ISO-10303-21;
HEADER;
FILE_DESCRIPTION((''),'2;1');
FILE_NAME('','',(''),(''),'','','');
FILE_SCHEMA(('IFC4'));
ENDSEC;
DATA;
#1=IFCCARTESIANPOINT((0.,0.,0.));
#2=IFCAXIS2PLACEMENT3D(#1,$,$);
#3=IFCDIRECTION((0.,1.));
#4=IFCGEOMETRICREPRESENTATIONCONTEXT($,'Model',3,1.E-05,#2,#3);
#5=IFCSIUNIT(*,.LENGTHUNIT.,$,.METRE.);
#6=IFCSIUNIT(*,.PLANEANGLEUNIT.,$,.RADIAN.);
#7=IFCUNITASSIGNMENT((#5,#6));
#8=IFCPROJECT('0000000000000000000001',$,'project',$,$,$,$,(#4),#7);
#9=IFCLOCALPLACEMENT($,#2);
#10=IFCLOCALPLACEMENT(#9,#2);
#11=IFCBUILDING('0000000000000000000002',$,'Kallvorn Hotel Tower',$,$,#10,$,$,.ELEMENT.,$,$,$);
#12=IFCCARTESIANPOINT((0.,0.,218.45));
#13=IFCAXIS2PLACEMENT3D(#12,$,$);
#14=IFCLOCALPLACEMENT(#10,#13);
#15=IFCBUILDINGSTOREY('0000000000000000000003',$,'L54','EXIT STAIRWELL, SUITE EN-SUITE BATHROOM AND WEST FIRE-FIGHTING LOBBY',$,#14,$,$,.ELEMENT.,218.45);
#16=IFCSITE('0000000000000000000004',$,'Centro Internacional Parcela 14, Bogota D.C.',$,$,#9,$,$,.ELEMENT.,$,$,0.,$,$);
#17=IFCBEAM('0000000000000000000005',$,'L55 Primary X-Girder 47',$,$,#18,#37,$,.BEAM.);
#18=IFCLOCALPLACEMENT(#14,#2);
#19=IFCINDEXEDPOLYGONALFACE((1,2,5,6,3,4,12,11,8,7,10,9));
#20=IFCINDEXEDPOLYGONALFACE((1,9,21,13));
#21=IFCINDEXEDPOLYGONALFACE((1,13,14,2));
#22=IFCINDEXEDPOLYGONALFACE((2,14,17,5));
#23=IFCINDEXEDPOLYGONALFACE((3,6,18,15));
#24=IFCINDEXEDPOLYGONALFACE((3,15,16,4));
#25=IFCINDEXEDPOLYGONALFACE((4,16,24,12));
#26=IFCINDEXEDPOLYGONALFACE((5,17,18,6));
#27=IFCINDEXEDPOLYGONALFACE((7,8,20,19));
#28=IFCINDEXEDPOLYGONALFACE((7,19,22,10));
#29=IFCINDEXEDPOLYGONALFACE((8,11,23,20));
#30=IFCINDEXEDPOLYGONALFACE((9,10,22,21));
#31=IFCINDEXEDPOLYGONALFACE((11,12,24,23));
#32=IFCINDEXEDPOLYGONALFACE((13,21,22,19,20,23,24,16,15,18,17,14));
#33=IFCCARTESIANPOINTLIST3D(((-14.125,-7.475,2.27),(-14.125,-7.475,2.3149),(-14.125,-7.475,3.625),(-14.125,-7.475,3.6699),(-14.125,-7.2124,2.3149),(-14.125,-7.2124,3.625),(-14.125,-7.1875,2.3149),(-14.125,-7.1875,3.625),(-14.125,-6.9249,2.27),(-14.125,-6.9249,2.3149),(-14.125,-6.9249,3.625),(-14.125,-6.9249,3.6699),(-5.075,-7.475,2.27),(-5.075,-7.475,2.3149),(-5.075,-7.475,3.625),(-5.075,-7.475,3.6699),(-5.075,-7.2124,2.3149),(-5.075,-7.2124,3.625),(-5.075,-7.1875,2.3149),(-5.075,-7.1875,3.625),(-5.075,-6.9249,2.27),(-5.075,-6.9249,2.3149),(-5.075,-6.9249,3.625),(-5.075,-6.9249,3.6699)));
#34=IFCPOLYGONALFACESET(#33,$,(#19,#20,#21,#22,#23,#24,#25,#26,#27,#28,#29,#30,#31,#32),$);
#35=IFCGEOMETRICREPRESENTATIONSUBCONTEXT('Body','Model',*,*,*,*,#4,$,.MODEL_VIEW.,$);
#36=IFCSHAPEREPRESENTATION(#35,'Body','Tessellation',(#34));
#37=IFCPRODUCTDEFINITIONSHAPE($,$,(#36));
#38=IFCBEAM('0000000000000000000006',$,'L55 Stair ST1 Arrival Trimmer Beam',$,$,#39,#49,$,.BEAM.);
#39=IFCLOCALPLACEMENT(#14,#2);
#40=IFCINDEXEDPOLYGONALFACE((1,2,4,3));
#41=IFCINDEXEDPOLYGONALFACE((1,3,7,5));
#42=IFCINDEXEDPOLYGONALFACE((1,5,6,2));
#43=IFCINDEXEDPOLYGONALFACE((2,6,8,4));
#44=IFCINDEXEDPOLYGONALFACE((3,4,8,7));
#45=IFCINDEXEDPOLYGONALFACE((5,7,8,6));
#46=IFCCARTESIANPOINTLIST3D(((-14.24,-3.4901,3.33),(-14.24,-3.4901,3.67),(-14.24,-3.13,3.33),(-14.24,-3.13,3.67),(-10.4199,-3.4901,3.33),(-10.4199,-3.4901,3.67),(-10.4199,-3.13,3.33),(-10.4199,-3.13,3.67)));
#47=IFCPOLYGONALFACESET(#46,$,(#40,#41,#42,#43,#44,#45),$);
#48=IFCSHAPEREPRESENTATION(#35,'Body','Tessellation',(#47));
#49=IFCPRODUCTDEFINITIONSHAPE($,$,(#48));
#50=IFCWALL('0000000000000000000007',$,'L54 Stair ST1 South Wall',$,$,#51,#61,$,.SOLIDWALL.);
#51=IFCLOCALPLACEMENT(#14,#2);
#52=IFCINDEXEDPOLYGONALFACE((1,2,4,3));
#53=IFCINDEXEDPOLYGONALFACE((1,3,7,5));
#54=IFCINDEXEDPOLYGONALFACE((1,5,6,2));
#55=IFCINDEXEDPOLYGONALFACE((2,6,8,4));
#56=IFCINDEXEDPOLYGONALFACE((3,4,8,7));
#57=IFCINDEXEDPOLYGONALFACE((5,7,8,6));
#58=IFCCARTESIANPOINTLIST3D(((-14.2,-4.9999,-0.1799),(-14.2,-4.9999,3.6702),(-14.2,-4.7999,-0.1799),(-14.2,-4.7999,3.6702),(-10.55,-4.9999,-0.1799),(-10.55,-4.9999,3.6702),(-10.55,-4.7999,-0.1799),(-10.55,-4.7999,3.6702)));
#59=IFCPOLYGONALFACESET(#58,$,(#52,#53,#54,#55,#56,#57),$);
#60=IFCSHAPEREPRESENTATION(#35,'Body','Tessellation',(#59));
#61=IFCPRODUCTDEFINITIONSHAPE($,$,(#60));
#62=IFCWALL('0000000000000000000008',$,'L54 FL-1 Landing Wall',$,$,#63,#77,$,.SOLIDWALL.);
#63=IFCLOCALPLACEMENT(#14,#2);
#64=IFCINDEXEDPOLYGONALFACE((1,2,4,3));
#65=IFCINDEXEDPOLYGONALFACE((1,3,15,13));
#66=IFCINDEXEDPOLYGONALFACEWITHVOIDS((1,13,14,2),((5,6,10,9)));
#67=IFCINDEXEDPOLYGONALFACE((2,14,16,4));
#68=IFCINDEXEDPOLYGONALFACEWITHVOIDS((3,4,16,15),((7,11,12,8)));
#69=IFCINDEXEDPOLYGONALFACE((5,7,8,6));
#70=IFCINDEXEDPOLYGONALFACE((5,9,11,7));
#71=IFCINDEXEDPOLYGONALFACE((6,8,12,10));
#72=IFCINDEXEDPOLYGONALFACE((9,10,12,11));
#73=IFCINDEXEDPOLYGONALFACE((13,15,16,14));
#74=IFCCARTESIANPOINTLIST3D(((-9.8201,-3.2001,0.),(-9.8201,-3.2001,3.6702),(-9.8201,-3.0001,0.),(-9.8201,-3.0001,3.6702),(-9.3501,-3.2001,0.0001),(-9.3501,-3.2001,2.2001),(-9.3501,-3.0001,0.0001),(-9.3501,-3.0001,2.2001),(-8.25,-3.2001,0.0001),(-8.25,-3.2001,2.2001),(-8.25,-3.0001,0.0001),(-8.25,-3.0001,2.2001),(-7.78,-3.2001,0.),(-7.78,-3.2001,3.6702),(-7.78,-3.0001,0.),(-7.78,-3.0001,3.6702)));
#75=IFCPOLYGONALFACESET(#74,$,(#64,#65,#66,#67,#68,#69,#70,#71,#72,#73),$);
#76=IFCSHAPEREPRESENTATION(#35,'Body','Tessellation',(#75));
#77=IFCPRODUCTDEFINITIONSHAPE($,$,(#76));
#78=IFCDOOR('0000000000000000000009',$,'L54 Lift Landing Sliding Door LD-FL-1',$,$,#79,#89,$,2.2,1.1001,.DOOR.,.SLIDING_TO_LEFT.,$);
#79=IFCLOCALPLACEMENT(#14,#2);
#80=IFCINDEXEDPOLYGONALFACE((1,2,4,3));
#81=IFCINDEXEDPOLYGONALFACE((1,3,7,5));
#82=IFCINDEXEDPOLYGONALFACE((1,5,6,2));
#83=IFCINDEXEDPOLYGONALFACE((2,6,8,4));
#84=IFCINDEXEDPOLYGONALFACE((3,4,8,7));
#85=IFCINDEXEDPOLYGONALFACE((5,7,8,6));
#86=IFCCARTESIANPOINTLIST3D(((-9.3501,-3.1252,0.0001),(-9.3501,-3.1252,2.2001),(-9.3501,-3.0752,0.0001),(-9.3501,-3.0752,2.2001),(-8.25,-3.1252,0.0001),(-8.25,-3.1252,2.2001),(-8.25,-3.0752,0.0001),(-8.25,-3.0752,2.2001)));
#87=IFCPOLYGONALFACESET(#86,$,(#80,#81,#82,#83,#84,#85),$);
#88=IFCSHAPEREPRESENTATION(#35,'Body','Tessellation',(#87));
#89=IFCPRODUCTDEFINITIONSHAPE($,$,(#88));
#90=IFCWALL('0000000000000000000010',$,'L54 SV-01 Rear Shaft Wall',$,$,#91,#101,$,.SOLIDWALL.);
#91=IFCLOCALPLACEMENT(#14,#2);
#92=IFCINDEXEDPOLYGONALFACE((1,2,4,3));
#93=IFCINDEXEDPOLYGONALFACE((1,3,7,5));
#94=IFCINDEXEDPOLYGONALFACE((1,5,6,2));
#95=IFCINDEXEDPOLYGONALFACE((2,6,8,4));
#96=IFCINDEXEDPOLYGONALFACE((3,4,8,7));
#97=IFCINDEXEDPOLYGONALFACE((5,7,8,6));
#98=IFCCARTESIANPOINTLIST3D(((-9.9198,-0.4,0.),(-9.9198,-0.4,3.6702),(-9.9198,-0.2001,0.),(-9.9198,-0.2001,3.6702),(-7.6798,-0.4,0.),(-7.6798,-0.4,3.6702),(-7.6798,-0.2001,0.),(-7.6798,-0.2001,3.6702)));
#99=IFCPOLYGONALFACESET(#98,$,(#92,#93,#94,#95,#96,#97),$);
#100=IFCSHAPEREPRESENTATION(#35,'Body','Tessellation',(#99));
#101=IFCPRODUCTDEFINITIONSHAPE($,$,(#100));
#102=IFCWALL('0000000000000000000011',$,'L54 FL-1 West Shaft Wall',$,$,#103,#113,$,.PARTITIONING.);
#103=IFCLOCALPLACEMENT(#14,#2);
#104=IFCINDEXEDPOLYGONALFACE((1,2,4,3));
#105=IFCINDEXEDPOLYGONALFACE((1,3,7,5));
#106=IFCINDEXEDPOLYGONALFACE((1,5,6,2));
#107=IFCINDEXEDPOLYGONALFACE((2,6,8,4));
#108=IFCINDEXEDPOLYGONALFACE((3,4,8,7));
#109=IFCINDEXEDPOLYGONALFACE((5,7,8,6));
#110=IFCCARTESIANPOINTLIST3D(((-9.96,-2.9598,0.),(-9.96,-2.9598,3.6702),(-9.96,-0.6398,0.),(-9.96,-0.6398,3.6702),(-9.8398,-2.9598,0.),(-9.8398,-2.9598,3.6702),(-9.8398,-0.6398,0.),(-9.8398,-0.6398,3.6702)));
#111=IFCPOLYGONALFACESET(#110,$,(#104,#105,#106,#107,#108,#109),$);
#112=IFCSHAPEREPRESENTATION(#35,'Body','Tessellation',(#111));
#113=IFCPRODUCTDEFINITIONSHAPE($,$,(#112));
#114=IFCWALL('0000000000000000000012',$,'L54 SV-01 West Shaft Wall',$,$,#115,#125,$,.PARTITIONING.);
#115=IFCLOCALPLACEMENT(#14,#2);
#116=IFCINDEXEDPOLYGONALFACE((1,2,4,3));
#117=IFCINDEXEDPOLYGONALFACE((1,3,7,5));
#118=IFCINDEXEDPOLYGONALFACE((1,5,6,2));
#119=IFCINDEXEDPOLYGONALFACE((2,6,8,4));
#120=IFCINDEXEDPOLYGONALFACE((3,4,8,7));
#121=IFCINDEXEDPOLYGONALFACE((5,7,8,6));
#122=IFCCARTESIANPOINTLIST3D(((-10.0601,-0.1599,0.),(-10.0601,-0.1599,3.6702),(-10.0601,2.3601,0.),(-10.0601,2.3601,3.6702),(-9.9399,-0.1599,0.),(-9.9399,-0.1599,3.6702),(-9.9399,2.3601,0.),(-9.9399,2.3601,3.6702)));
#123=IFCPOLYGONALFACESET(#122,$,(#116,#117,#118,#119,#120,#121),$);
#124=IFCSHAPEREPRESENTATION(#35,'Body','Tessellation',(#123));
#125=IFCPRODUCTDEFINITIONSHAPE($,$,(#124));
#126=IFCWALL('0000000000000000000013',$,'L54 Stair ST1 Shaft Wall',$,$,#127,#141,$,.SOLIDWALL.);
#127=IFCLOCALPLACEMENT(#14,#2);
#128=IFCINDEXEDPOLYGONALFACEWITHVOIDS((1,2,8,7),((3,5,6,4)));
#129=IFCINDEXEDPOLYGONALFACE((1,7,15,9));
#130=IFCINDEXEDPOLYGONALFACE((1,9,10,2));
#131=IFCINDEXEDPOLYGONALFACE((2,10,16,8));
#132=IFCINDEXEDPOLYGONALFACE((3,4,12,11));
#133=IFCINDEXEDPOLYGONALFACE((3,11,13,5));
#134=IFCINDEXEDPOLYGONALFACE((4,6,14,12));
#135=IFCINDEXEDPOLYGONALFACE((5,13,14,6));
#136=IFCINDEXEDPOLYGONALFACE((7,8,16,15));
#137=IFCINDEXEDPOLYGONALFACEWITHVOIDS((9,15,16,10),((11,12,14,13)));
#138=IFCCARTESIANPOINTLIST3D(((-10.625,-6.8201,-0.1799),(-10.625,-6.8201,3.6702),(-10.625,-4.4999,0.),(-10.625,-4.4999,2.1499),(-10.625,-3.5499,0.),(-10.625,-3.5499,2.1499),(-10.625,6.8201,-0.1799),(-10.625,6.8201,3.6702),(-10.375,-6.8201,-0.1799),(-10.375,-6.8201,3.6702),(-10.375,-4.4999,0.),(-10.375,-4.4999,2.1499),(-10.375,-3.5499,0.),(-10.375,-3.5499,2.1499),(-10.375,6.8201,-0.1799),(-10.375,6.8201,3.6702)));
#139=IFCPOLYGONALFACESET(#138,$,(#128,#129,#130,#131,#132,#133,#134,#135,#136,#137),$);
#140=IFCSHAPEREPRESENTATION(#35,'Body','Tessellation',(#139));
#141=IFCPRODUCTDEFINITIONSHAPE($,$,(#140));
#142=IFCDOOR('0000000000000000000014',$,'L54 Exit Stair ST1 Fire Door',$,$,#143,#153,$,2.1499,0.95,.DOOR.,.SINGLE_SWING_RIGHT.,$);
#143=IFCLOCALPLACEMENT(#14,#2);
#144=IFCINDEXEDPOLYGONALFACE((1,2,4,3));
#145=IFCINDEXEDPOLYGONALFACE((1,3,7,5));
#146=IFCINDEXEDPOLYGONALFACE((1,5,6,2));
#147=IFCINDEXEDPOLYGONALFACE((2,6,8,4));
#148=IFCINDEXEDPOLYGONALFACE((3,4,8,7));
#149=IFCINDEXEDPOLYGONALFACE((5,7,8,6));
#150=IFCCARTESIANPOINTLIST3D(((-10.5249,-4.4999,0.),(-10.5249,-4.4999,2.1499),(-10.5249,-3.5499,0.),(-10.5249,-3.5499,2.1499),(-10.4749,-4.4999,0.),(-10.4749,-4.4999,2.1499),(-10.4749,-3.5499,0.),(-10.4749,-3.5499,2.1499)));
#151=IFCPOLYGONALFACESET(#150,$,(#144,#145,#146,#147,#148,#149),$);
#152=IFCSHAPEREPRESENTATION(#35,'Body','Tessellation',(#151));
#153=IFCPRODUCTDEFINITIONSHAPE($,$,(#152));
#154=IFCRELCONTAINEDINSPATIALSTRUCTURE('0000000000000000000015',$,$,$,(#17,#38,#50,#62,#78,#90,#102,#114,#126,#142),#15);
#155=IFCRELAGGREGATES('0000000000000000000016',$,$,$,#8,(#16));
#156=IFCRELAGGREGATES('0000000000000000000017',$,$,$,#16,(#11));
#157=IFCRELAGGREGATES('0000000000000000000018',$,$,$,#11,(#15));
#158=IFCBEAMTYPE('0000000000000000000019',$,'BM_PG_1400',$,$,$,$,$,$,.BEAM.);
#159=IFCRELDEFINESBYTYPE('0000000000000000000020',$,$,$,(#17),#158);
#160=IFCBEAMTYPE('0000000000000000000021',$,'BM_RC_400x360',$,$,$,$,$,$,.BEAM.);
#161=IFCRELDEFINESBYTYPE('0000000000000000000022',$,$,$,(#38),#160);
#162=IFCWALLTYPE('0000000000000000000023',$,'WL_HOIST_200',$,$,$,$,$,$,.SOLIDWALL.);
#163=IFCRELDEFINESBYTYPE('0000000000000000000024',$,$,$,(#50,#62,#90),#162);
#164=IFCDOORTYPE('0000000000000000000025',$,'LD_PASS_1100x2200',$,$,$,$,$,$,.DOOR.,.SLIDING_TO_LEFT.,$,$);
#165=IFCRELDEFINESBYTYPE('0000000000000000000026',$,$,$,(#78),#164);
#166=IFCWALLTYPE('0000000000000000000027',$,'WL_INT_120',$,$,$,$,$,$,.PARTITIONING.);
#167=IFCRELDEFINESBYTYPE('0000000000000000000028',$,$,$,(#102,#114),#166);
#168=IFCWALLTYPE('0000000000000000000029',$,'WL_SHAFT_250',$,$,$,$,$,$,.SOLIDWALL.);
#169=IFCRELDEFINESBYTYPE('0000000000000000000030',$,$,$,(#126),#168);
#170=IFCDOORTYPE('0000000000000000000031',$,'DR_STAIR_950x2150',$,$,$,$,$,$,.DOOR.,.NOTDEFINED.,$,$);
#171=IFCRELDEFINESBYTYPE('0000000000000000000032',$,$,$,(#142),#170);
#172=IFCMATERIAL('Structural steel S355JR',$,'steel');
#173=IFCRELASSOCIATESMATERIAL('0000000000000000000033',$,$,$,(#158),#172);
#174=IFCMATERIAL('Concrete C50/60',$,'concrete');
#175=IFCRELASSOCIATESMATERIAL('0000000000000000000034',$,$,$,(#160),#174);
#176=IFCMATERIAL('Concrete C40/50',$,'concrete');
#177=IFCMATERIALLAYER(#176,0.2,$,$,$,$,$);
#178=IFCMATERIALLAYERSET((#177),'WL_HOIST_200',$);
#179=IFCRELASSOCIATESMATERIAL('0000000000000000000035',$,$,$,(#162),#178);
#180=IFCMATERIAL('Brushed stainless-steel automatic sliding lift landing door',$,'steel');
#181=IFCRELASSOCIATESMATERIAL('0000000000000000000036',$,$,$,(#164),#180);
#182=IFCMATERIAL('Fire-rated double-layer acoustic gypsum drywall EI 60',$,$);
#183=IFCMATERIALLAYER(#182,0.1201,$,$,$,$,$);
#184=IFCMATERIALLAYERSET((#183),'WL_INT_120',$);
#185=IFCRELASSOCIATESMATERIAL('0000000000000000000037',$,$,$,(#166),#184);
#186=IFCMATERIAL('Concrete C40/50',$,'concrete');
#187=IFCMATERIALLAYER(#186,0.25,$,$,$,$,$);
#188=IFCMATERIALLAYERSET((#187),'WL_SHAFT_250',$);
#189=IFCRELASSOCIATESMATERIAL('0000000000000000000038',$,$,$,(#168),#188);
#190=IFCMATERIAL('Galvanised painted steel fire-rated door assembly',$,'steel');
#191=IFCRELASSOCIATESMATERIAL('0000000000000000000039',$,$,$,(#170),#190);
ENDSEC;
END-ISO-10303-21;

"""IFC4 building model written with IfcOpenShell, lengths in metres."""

from ifc_helpers import new_model, si_unit, direction, frame, frame_2d, origin, origin_2d, place, context, subcontext, project, spatial, rectangle, i_section, extrude, material, layer, layer_set, material_profile, profile_set, type_object, element, fill, save


model = new_model("IFC4")

# Units and contexts
model_context = context("Model", 3, precision=1e-05, world=origin(), true_north=direction((0.0, 1.0)))
body_context = subcontext(model_context, "Body", "Model", "MODEL_VIEW")
ifc_project = project(units=[si_unit("LENGTHUNIT", "METRE"), si_unit("PLANEANGLEUNIT", "RADIAN")], contexts=[model_context])

# Site, building, storey
site_placement = place(None, origin())
site = spatial("IfcSite", under=ifc_project, at=site_placement, Name="Centro Internacional Parcela 14, Bogota D.C.", CompositionType="ELEMENT", RefElevation=0.0)
building_placement = place(site_placement, origin())
building = spatial("IfcBuilding", under=site, at=building_placement, Name="Kallvorn Hotel Tower", CompositionType="ELEMENT")
storey_placement = place(building_placement, frame((0.0, 0.0, 218.45)))
storey = spatial("IfcBuildingStorey", under=building, at=storey_placement, Name="L54", Description="EXIT STAIRWELL, SUITE EN-SUITE BATHROOM AND WEST FIRE-FIGHTING LOBBY", CompositionType="ELEMENT", Elevation=218.45)

# Beams
ifc_material_1 = material(Name="Structural steel S355JR", Category="steel")
ifc_material_profile_1 = material_profile(ifc_material_1, i_section(OverallWidth=0.55, OverallDepth=1.3999, WebThickness=0.0249, FlangeThickness=0.0449, at=origin_2d()), Name="PG 1400x550x25x45")
ifc_profile_set_1 = profile_set([ifc_material_profile_1], Name="Structural steel S355JR")
beam_type_1 = type_object("IfcBeamType", Name="BM_PG_1400", PredefinedType="BEAM", material=ifc_profile_set_1)
beam_1_placement = place(storey_placement, frame((-14.125, -7.2, 2.97), z_axis=(1.0, 0.0, 0.0), x_axis=(0.0, 1.0, 0.0)))
element("IfcBeam", 1, at=beam_1_placement, inside=storey, type_object=beam_type_1, Name="L55 Primary X-Girder 47", PredefinedType="BEAM", context=body_context, shape_type="SweptSolid", body=[
    extrude(i_section(OverallWidth=0.55, OverallDepth=1.3999, WebThickness=0.0249, FlangeThickness=0.0449, at=origin_2d()), origin(), (0.0, 0.0, 1.0), 9.05),
])
ifc_material_2 = material(Name="Concrete C50/60", Category="concrete")
ifc_material_profile_2 = material_profile(ifc_material_2, rectangle(XDim=0.3601, YDim=0.3401, at=origin_2d()), Name="RC 360x340")
ifc_profile_set_2 = profile_set([ifc_material_profile_2], Name="Concrete C50/60")
beam_type_2 = type_object("IfcBeamType", Name="BM_RC_400x360", PredefinedType="BEAM", material=ifc_profile_set_2)
beam_2_placement = place(storey_placement, frame((-10.4199, -3.3101, 3.5), z_axis=(-1.0, 0.0, 0.0), x_axis=(0.0, -1.0, 0.0)))
element("IfcBeam", 2, at=beam_2_placement, inside=storey, type_object=beam_type_2, Name="L55 Stair ST1 Arrival Trimmer Beam", PredefinedType="BEAM", context=body_context, shape_type="SweptSolid", body=[
    extrude(rectangle(XDim=0.3601, YDim=0.3401, at=origin_2d()), origin(), (0.0, 0.0, 1.0), 3.8201),
])

# Wall
ifc_material_3 = material(Name="Concrete C40/50", Category="concrete")
ifc_layer_1 = layer(ifc_material_3, 0.2)
ifc_layer_set_1 = layer_set([ifc_layer_1], Name="WL_HOIST_200")
wall_type_1 = type_object("IfcWallType", Name="WL_HOIST_200", PredefinedType="SOLIDWALL", material=ifc_layer_set_1)
wall_1_placement = place(storey_placement, frame((-14.2, -4.8999, -0.1799), z_axis=(0.0, 0.0, 1.0), x_axis=(1.0, 0.0, 0.0)))
element("IfcWall", 3, at=wall_1_placement, inside=storey, type_object=wall_type_1, Name="L54 Stair ST1 South Wall", PredefinedType="SOLIDWALL", context=body_context, shape_type="SweptSolid", body=[
    extrude(rectangle(XDim=3.6499, YDim=0.2, at=frame_2d((1.825, 0.0))), origin(), (0.0, 0.0, 1.0), 3.8501),
])

# Wall, opening, door
wall_2_placement = place(storey_placement, frame((-9.8201, -3.1001, 0.0), z_axis=(0.0, 0.0, 1.0), x_axis=(1.0, 0.0, 0.0)))
wall_2 = element("IfcWall", 4, at=wall_2_placement, inside=storey, type_object=wall_type_1, Name="L54 FL-1 Landing Wall", PredefinedType="SOLIDWALL", context=body_context, shape_type="SweptSolid", body=[
    extrude(rectangle(XDim=2.04, YDim=0.2, at=frame_2d((1.02, 0.0))), origin(), (0.0, 0.0, 1.0), 3.6702),
])
opening_1_placement = place(wall_2_placement, frame((0.47, 0.0, 0.0)))
opening_1 = element("IfcOpeningElement", 5, at=opening_1_placement, cuts=wall_2, PredefinedType="OPENING", context=body_context, shape_type="SweptSolid", body=[
    extrude(rectangle(XDim=1.1001, YDim=2.2, at=frame_2d((0.55, 1.1001))), frame((0.0, 0.115, 0.0), z_axis=(0.0, -1.0, 0.0), x_axis=(1.0, 0.0, 0.0)), (0.0, 0.0, 1.0), 0.23),
])
ifc_material_4 = material(Name="Brushed stainless-steel automatic sliding lift landing door", Category="steel")
door_type_1 = type_object("IfcDoorType", Name="LD_PASS_1100x2200", OperationType="SLIDING_TO_LEFT", PredefinedType="DOOR", material=ifc_material_4)
door_1_placement = place(opening_1_placement, origin())
door_1 = element("IfcDoor", 6, at=door_1_placement, inside=storey, type_object=door_type_1, Name="L54 Lift Landing Sliding Door LD-FL-1", OperationType="SLIDING_TO_LEFT", OverallHeight=2.2, OverallWidth=1.1001, PredefinedType="DOOR", context=body_context, shape_type="SweptSolid", body=[
    extrude(rectangle(XDim=1.1001, YDim=2.2, at=frame_2d((0.55, 1.1001))), frame((0.0, 0.0249, 0.0), z_axis=(0.0, -1.0, 0.0), x_axis=(1.0, 0.0, 0.0)), (0.0, 0.0, 1.0), 0.05),
])
fill(opening_1, door_1)

# Walls
wall_3_placement = place(storey_placement, frame((-9.9199, -0.3, 0.0), z_axis=(0.0, 0.0, 1.0), x_axis=(1.0, 0.0, 0.0)))
element("IfcWall", 7, at=wall_3_placement, inside=storey, type_object=wall_type_1, Name="L54 SV-01 Rear Shaft Wall", PredefinedType="SOLIDWALL", context=body_context, shape_type="SweptSolid", body=[
    extrude(rectangle(XDim=2.24, YDim=0.2, at=frame_2d((1.1201, 0.0))), origin(), (0.0, 0.0, 1.0), 3.6702),
])
ifc_material_5 = material(Name="Fire-rated double-layer acoustic gypsum drywall EI 60")
ifc_layer_2 = layer(ifc_material_5, 0.1201)
ifc_layer_set_2 = layer_set([ifc_layer_2], Name="WL_INT_120")
wall_type_2 = type_object("IfcWallType", Name="WL_INT_120", PredefinedType="PARTITIONING", material=ifc_layer_set_2)
wall_4_placement = place(storey_placement, frame((-9.8999, -2.96, 0.0), z_axis=(0.0, 0.0, 1.0), x_axis=(0.0, 1.0, 0.0)))
element("IfcWall", 8, at=wall_4_placement, inside=storey, type_object=wall_type_2, Name="L54 FL-1 West Shaft Wall", PredefinedType="PARTITIONING", context=body_context, shape_type="SweptSolid", body=[
    extrude(rectangle(XDim=2.3201, YDim=0.1201, at=frame_2d((1.1602, 0.0))), origin(), (0.0, 0.0, 1.0), 3.6702),
])
wall_5_placement = place(storey_placement, frame((-10.0, -0.1599, 0.0), z_axis=(0.0, 0.0, 1.0), x_axis=(0.0, 1.0, 0.0)))
element("IfcWall", 9, at=wall_5_placement, inside=storey, type_object=wall_type_2, Name="L54 SV-01 West Shaft Wall", PredefinedType="PARTITIONING", context=body_context, shape_type="SweptSolid", body=[
    extrude(rectangle(XDim=2.52, YDim=0.1201, at=frame_2d((1.26, 0.0))), origin(), (0.0, 0.0, 1.0), 3.6702),
])

# Wall, opening, door
ifc_material_6 = material(Name="Concrete C40/50", Category="concrete")
ifc_layer_3 = layer(ifc_material_6, 0.25)
ifc_layer_set_3 = layer_set([ifc_layer_3], Name="WL_SHAFT_250")
wall_type_3 = type_object("IfcWallType", Name="WL_SHAFT_250", PredefinedType="SOLIDWALL", material=ifc_layer_set_3)
wall_6_placement = place(storey_placement, frame((-10.5, -6.8201, -0.1799), z_axis=(0.0, 0.0, 1.0), x_axis=(0.0, 1.0, 0.0)))
wall_6 = element("IfcWall", 10, at=wall_6_placement, inside=storey, type_object=wall_type_3, Name="L54 Stair ST1 Shaft Wall", PredefinedType="SOLIDWALL", context=body_context, shape_type="SweptSolid", body=[
    extrude(rectangle(XDim=13.6401, YDim=0.25, at=frame_2d((6.8201, 0.0))), origin(), (0.0, 0.0, 1.0), 3.8501),
])
opening_2_placement = place(wall_6_placement, frame((2.3201, 0.0, 0.1799)))
opening_2 = element("IfcOpeningElement", 11, at=opening_2_placement, cuts=wall_6, PredefinedType="OPENING", context=body_context, shape_type="SweptSolid", body=[
    extrude(rectangle(XDim=0.95, YDim=2.1499, at=frame_2d((0.4751, 1.075))), frame((0.0, 0.1399, 0.0), z_axis=(0.0, -1.0, 0.0), x_axis=(1.0, 0.0, 0.0)), (0.0, 0.0, 1.0), 0.28),
])
ifc_material_7 = material(Name="Galvanised painted steel fire-rated door assembly", Category="steel")
door_type_2 = type_object("IfcDoorType", Name="DR_STAIR_950x2150", OperationType="NOTDEFINED", PredefinedType="DOOR", material=ifc_material_7)
door_2_placement = place(opening_2_placement, origin())
door_2 = element("IfcDoor", 12, at=door_2_placement, inside=storey, type_object=door_type_2, Name="L54 Exit Stair ST1 Fire Door", OperationType="SINGLE_SWING_RIGHT", OverallHeight=2.1499, OverallWidth=0.95, PredefinedType="DOOR", context=body_context, shape_type="SweptSolid", body=[
    extrude(rectangle(XDim=0.95, YDim=2.1499, at=frame_2d((0.4751, 1.075))), frame((0.0, 0.0249, 0.0), z_axis=(0.0, -1.0, 0.0), x_axis=(1.0, 0.0, 0.0)), (0.0, 0.0, 1.0), 0.05),
])
fill(opening_2, door_2)

save(model, "model.ifc")
